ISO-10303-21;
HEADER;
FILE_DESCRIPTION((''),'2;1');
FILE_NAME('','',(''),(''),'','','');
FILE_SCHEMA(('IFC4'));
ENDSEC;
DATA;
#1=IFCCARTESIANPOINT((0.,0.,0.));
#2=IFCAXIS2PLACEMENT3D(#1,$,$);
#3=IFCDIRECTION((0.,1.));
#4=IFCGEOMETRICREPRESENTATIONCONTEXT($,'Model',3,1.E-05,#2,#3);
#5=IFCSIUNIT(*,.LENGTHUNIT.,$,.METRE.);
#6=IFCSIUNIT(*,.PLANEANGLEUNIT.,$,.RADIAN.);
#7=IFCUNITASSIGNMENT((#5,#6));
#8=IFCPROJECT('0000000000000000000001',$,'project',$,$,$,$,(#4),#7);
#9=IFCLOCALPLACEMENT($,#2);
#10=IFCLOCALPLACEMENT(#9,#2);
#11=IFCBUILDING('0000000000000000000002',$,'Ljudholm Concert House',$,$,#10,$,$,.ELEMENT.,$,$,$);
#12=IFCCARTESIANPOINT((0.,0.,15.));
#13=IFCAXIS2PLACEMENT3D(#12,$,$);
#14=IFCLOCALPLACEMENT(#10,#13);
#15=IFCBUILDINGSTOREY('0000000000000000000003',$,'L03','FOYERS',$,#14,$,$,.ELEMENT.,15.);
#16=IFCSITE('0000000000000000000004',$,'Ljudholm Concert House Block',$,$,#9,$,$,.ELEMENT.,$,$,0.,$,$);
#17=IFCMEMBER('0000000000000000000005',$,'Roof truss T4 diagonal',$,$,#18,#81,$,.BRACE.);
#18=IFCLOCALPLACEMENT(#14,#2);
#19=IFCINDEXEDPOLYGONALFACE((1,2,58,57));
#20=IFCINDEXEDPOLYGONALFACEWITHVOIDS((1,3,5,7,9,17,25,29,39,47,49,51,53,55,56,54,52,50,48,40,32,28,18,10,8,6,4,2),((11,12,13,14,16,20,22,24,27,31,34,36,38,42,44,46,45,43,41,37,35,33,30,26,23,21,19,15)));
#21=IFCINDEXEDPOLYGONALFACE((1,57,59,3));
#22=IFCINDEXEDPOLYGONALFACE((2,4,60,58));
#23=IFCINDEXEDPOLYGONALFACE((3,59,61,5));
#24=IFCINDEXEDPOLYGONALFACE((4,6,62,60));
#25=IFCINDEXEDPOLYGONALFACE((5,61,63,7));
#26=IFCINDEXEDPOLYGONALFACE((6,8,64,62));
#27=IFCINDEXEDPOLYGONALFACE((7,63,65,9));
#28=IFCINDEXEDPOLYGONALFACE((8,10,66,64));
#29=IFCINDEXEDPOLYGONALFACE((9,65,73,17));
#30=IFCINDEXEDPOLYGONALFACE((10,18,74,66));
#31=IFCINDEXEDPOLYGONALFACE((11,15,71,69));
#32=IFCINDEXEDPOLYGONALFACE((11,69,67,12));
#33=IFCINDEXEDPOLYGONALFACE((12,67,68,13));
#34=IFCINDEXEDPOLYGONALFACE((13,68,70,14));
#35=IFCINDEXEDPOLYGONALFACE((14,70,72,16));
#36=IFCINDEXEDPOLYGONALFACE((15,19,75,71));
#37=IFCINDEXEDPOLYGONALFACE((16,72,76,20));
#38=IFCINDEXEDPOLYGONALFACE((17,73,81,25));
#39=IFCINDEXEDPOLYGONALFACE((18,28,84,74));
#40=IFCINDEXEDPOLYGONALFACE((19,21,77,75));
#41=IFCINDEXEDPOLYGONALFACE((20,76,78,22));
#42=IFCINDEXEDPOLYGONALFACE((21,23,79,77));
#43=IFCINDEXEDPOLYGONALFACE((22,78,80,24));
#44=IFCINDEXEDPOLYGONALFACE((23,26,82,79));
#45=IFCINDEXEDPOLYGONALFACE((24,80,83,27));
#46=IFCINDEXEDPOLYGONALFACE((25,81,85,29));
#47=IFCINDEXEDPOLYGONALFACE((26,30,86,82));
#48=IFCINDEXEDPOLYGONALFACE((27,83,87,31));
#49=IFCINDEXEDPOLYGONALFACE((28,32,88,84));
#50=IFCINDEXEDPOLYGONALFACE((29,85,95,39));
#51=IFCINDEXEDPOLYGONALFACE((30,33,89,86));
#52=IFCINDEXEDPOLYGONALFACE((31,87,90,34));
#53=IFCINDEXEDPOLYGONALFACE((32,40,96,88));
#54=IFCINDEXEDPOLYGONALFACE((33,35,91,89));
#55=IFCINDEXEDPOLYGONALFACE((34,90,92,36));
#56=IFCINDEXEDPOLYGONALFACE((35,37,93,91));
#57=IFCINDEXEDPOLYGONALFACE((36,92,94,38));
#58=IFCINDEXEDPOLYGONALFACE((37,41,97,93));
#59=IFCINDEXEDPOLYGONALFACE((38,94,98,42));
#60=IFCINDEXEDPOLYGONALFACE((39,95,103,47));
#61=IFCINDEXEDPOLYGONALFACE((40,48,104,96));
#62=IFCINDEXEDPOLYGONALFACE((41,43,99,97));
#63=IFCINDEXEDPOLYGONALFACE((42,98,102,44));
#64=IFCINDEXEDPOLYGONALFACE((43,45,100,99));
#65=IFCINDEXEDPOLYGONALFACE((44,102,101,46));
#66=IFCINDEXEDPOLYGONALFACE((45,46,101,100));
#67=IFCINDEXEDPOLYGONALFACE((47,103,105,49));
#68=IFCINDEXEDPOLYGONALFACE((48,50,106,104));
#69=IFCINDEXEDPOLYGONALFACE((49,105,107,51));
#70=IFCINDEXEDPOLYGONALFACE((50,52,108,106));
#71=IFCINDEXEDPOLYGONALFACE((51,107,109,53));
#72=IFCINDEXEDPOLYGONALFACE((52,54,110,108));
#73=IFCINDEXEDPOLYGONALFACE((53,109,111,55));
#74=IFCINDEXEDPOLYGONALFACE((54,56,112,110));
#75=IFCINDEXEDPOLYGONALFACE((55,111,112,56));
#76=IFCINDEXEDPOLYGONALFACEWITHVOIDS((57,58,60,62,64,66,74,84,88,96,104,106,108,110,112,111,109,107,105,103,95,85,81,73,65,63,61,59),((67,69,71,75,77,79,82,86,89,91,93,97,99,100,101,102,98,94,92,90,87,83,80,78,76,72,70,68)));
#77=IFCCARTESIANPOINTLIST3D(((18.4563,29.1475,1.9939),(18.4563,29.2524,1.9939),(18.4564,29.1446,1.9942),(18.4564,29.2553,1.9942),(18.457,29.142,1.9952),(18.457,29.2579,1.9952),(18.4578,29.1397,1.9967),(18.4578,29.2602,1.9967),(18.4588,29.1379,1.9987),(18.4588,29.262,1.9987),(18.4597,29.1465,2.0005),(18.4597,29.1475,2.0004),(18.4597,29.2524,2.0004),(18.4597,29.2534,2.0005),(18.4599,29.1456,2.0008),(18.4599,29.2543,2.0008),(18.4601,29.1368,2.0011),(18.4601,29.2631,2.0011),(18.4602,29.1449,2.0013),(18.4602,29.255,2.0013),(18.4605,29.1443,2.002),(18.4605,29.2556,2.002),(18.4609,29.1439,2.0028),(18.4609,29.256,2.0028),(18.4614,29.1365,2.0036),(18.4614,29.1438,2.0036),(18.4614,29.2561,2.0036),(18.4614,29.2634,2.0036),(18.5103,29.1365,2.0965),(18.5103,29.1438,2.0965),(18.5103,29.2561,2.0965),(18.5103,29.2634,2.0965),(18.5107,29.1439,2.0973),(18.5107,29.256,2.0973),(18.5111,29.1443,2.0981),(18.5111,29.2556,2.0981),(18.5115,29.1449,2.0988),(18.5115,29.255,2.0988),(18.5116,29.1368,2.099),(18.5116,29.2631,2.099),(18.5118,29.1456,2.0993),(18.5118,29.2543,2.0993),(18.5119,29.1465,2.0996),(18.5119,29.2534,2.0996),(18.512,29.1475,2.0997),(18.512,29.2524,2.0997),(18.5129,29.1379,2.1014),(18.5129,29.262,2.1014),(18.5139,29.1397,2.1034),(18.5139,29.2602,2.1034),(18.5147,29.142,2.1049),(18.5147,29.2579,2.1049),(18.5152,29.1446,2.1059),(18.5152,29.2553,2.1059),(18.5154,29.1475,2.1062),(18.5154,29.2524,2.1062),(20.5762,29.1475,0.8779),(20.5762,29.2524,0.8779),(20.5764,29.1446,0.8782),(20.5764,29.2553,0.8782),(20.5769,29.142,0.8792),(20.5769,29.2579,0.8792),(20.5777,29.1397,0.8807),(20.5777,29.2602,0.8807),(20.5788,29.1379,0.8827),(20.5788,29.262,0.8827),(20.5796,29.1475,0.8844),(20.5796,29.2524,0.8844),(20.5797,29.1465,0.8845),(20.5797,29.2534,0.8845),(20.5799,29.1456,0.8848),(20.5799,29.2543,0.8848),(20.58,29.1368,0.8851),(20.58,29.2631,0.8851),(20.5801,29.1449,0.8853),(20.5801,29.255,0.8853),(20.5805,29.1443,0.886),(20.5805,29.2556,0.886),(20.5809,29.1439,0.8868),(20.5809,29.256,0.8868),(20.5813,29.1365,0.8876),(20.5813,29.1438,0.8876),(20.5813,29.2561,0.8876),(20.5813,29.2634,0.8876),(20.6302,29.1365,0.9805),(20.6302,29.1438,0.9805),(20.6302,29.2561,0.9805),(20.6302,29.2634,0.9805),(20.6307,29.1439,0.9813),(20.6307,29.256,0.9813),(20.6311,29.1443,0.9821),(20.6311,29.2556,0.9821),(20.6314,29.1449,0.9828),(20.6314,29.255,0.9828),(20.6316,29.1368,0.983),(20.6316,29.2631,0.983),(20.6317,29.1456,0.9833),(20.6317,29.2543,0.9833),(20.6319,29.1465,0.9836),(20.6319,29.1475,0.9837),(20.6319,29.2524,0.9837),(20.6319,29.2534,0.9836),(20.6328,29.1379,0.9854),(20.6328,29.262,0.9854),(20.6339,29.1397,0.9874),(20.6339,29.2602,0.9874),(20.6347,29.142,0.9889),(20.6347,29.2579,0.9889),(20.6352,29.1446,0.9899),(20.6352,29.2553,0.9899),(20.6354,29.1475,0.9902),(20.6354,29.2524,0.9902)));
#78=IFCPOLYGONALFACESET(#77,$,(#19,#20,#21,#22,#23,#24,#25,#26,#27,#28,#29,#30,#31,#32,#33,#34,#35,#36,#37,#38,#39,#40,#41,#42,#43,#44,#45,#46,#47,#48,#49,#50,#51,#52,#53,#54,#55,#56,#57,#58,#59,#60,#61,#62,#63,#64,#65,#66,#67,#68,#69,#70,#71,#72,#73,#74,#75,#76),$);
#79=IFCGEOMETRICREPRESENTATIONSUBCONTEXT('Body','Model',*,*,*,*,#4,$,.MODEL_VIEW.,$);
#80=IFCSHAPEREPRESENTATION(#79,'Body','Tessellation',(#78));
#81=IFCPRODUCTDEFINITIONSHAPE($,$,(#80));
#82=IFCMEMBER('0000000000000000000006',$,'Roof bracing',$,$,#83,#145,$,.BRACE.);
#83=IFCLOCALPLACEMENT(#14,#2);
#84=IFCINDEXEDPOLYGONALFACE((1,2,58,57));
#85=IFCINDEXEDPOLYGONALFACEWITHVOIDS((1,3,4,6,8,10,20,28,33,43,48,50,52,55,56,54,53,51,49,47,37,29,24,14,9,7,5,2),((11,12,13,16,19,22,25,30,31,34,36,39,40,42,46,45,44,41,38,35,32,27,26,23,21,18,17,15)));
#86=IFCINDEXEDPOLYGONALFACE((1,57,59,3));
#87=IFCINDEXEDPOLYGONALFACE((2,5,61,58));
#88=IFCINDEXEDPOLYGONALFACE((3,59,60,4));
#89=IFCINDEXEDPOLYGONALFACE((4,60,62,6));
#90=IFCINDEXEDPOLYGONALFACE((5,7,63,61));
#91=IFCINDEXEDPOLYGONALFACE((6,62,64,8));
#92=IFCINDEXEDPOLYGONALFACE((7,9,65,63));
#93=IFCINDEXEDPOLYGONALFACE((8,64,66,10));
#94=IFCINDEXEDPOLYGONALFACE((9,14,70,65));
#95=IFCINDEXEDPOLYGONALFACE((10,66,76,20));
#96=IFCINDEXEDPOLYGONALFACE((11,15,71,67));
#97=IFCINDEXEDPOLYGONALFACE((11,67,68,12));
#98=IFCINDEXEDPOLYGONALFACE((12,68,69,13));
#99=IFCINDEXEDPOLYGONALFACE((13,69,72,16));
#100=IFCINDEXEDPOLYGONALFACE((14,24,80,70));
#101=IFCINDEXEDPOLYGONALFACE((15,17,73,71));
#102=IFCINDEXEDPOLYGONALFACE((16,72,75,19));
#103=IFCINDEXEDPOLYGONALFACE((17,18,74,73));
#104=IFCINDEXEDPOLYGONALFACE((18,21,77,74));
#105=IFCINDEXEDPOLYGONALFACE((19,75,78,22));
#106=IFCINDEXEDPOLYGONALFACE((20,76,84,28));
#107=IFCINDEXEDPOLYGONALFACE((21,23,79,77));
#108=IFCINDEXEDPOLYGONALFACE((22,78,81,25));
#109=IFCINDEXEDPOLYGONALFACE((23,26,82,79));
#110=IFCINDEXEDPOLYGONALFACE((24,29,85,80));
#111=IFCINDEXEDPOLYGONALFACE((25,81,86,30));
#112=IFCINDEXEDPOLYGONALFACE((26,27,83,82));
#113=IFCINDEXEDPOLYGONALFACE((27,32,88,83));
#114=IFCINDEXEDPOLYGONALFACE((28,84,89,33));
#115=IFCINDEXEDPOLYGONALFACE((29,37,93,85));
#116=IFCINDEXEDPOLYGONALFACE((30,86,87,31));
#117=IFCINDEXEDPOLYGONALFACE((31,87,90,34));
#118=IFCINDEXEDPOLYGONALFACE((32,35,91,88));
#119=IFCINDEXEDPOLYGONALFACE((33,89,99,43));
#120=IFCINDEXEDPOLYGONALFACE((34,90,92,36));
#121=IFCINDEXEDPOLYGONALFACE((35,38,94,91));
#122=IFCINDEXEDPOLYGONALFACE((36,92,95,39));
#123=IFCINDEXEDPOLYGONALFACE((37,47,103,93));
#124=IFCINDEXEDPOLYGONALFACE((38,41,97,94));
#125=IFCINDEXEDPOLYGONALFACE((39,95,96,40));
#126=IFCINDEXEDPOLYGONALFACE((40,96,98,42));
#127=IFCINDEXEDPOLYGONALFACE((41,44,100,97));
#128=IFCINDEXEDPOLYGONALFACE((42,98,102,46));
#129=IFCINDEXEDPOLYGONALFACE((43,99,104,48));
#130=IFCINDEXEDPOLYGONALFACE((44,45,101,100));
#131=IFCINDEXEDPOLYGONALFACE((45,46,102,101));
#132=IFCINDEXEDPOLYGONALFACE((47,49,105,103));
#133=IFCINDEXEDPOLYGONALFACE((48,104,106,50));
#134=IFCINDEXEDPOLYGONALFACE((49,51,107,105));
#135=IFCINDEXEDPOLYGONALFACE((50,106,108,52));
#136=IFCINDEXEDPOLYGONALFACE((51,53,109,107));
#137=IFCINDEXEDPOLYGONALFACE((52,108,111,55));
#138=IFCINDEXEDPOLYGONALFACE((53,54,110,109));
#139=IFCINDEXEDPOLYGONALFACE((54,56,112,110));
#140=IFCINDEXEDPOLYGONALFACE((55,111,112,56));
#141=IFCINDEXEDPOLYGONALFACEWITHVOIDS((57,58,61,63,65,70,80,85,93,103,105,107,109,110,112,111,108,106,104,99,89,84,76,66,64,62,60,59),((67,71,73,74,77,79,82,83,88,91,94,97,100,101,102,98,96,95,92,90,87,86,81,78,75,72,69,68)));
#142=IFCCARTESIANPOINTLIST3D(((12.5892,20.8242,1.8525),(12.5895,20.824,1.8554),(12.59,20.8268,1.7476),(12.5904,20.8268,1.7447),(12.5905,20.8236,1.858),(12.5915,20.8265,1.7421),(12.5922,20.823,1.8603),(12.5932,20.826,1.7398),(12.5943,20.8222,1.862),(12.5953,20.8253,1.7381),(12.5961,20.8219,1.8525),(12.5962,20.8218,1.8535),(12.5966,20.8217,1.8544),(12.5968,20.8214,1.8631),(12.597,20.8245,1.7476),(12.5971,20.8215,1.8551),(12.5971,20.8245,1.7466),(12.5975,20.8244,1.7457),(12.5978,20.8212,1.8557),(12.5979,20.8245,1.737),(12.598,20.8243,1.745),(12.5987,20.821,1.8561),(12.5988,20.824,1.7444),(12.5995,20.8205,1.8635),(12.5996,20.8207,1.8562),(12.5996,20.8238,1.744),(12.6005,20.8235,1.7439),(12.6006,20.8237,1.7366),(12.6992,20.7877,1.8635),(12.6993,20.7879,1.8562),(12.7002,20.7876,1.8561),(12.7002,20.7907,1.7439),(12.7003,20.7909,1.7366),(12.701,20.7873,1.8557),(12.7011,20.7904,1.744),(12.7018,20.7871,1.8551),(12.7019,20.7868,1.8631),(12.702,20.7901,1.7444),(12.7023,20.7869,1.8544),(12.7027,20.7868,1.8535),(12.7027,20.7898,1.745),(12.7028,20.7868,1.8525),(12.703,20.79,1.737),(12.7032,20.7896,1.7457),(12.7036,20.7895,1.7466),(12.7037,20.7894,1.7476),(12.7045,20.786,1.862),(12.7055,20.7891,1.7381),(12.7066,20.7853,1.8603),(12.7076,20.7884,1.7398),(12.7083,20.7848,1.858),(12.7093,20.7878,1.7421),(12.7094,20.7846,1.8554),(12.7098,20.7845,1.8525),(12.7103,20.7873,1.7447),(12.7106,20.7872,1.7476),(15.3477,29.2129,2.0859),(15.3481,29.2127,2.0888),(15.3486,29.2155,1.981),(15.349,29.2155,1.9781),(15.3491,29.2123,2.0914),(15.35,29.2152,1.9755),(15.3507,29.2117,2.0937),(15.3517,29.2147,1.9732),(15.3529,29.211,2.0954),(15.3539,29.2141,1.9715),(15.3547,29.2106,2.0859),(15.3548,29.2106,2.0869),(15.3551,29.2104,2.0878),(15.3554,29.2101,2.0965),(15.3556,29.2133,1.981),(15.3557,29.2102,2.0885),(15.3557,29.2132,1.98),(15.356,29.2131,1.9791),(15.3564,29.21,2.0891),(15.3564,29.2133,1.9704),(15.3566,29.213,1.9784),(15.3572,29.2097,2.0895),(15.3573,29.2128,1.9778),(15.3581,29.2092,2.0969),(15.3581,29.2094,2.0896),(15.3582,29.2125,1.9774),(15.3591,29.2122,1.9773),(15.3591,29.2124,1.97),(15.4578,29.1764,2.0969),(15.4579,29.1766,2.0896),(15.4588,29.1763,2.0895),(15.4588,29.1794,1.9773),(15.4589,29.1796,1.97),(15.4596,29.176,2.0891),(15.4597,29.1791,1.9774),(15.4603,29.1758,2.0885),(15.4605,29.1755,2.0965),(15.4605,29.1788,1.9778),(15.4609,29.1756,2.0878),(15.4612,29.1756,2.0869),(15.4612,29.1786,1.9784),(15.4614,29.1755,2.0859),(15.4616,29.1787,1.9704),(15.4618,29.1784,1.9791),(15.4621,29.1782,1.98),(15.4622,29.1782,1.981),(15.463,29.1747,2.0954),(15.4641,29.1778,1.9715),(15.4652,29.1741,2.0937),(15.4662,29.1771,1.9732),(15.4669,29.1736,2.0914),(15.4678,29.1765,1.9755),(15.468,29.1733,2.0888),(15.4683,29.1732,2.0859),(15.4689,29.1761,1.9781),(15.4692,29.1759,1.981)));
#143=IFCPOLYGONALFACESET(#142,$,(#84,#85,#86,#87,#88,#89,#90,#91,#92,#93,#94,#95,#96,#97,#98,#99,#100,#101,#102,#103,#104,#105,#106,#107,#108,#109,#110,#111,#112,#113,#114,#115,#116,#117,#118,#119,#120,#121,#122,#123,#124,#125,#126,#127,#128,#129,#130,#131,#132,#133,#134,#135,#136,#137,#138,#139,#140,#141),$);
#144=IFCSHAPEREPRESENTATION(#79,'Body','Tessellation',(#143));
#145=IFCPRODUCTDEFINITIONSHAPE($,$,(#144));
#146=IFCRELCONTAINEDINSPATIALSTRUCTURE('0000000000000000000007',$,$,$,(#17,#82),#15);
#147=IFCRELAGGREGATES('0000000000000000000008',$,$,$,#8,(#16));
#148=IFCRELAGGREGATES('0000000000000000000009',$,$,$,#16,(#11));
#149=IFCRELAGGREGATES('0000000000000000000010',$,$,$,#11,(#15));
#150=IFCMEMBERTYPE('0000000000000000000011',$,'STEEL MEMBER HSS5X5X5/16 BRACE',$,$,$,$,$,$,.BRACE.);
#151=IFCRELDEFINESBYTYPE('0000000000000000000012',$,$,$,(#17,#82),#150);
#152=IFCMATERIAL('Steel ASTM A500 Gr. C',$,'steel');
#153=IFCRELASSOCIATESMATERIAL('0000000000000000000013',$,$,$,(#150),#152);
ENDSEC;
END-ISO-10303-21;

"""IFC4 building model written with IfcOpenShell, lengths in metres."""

from ifc_helpers import new_model, si_unit, direction, frame, origin, origin_2d, place, context, subcontext, project, spatial, hollow_rectangle, extrude, material, material_profile, profile_set, type_object, element, save


model = new_model("IFC4")

# Units and contexts
model_context = context("Model", 3, precision=1e-05, world=origin(), true_north=direction((0.0, 1.0)))
body_context = subcontext(model_context, "Body", "Model", "MODEL_VIEW")
ifc_project = project(units=[si_unit("LENGTHUNIT", "METRE"), si_unit("PLANEANGLEUNIT", "RADIAN")], contexts=[model_context])

# Site, building, storey
site_placement = place(None, origin())
site = spatial("IfcSite", under=ifc_project, at=site_placement, Name="Ljudholm Concert House Block", CompositionType="ELEMENT", RefElevation=0.0)
building_placement = place(site_placement, origin())
building = spatial("IfcBuilding", under=site, at=building_placement, Name="Ljudholm Concert House", CompositionType="ELEMENT")
storey_placement = place(building_placement, frame((0.0, 0.0, 15.0)))
storey = spatial("IfcBuildingStorey", under=building, at=storey_placement, Name="L03", Description="FOYERS", CompositionType="ELEMENT", Elevation=15.0)

# Members
ifc_material_1 = material(Name="Steel ASTM A500 Gr. C", Category="steel")
ifc_material_profile_1 = material_profile(ifc_material_1, hollow_rectangle(XDim=0.127, YDim=0.127, WallThickness=0.0073, InnerFilletRadius=0.0037, OuterFilletRadius=0.011, at=origin_2d()), Name="HSS5X5X5/16")
ifc_profile_set_1 = profile_set([ifc_material_profile_1], Name="Steel ASTM A500 Gr. C")
member_type_1 = type_object("IfcMemberType", Name="STEEL MEMBER HSS5X5X5/16 BRACE", PredefinedType="BRACE", material=ifc_profile_set_1)
member_1_placement = place(storey_placement, frame((18.4858, 29.2, 2.05), z_axis=(0.884876, 0.0, -0.465826), x_axis=(0.0, 1.0, 0.0)))
element("IfcMember", 1, at=member_1_placement, inside=storey, type_object=member_type_1, Name="Roof truss T4 diagonal", PredefinedType="BRACE", context=body_context, shape_type="SweptSolid", body=[
    extrude(hollow_rectangle(XDim=0.127, YDim=0.127, WallThickness=0.0073, InnerFilletRadius=0.0037, OuterFilletRadius=0.011, at=origin_2d()), origin(), (0.0, 0.0, 1.0), 2.3958),
])
member_2_placement = place(storey_placement, frame((12.6499, 20.8057, 1.8), z_axis=(0.312276, 0.949624, 0.026421), x_axis=(-0.949956, 0.312385, 0.0)))
element("IfcMember", 2, at=member_2_placement, inside=storey, type_object=member_type_1, Name="Roof bracing", PredefinedType="BRACE", context=body_context, shape_type="SweptSolid", body=[
    extrude(hollow_rectangle(XDim=0.127, YDim=0.127, WallThickness=0.0073, InnerFilletRadius=0.0037, OuterFilletRadius=0.011, at=origin_2d()), origin(), (0.0, 0.0, 1.0), 8.8337),
])

save(model, "model.ifc")
